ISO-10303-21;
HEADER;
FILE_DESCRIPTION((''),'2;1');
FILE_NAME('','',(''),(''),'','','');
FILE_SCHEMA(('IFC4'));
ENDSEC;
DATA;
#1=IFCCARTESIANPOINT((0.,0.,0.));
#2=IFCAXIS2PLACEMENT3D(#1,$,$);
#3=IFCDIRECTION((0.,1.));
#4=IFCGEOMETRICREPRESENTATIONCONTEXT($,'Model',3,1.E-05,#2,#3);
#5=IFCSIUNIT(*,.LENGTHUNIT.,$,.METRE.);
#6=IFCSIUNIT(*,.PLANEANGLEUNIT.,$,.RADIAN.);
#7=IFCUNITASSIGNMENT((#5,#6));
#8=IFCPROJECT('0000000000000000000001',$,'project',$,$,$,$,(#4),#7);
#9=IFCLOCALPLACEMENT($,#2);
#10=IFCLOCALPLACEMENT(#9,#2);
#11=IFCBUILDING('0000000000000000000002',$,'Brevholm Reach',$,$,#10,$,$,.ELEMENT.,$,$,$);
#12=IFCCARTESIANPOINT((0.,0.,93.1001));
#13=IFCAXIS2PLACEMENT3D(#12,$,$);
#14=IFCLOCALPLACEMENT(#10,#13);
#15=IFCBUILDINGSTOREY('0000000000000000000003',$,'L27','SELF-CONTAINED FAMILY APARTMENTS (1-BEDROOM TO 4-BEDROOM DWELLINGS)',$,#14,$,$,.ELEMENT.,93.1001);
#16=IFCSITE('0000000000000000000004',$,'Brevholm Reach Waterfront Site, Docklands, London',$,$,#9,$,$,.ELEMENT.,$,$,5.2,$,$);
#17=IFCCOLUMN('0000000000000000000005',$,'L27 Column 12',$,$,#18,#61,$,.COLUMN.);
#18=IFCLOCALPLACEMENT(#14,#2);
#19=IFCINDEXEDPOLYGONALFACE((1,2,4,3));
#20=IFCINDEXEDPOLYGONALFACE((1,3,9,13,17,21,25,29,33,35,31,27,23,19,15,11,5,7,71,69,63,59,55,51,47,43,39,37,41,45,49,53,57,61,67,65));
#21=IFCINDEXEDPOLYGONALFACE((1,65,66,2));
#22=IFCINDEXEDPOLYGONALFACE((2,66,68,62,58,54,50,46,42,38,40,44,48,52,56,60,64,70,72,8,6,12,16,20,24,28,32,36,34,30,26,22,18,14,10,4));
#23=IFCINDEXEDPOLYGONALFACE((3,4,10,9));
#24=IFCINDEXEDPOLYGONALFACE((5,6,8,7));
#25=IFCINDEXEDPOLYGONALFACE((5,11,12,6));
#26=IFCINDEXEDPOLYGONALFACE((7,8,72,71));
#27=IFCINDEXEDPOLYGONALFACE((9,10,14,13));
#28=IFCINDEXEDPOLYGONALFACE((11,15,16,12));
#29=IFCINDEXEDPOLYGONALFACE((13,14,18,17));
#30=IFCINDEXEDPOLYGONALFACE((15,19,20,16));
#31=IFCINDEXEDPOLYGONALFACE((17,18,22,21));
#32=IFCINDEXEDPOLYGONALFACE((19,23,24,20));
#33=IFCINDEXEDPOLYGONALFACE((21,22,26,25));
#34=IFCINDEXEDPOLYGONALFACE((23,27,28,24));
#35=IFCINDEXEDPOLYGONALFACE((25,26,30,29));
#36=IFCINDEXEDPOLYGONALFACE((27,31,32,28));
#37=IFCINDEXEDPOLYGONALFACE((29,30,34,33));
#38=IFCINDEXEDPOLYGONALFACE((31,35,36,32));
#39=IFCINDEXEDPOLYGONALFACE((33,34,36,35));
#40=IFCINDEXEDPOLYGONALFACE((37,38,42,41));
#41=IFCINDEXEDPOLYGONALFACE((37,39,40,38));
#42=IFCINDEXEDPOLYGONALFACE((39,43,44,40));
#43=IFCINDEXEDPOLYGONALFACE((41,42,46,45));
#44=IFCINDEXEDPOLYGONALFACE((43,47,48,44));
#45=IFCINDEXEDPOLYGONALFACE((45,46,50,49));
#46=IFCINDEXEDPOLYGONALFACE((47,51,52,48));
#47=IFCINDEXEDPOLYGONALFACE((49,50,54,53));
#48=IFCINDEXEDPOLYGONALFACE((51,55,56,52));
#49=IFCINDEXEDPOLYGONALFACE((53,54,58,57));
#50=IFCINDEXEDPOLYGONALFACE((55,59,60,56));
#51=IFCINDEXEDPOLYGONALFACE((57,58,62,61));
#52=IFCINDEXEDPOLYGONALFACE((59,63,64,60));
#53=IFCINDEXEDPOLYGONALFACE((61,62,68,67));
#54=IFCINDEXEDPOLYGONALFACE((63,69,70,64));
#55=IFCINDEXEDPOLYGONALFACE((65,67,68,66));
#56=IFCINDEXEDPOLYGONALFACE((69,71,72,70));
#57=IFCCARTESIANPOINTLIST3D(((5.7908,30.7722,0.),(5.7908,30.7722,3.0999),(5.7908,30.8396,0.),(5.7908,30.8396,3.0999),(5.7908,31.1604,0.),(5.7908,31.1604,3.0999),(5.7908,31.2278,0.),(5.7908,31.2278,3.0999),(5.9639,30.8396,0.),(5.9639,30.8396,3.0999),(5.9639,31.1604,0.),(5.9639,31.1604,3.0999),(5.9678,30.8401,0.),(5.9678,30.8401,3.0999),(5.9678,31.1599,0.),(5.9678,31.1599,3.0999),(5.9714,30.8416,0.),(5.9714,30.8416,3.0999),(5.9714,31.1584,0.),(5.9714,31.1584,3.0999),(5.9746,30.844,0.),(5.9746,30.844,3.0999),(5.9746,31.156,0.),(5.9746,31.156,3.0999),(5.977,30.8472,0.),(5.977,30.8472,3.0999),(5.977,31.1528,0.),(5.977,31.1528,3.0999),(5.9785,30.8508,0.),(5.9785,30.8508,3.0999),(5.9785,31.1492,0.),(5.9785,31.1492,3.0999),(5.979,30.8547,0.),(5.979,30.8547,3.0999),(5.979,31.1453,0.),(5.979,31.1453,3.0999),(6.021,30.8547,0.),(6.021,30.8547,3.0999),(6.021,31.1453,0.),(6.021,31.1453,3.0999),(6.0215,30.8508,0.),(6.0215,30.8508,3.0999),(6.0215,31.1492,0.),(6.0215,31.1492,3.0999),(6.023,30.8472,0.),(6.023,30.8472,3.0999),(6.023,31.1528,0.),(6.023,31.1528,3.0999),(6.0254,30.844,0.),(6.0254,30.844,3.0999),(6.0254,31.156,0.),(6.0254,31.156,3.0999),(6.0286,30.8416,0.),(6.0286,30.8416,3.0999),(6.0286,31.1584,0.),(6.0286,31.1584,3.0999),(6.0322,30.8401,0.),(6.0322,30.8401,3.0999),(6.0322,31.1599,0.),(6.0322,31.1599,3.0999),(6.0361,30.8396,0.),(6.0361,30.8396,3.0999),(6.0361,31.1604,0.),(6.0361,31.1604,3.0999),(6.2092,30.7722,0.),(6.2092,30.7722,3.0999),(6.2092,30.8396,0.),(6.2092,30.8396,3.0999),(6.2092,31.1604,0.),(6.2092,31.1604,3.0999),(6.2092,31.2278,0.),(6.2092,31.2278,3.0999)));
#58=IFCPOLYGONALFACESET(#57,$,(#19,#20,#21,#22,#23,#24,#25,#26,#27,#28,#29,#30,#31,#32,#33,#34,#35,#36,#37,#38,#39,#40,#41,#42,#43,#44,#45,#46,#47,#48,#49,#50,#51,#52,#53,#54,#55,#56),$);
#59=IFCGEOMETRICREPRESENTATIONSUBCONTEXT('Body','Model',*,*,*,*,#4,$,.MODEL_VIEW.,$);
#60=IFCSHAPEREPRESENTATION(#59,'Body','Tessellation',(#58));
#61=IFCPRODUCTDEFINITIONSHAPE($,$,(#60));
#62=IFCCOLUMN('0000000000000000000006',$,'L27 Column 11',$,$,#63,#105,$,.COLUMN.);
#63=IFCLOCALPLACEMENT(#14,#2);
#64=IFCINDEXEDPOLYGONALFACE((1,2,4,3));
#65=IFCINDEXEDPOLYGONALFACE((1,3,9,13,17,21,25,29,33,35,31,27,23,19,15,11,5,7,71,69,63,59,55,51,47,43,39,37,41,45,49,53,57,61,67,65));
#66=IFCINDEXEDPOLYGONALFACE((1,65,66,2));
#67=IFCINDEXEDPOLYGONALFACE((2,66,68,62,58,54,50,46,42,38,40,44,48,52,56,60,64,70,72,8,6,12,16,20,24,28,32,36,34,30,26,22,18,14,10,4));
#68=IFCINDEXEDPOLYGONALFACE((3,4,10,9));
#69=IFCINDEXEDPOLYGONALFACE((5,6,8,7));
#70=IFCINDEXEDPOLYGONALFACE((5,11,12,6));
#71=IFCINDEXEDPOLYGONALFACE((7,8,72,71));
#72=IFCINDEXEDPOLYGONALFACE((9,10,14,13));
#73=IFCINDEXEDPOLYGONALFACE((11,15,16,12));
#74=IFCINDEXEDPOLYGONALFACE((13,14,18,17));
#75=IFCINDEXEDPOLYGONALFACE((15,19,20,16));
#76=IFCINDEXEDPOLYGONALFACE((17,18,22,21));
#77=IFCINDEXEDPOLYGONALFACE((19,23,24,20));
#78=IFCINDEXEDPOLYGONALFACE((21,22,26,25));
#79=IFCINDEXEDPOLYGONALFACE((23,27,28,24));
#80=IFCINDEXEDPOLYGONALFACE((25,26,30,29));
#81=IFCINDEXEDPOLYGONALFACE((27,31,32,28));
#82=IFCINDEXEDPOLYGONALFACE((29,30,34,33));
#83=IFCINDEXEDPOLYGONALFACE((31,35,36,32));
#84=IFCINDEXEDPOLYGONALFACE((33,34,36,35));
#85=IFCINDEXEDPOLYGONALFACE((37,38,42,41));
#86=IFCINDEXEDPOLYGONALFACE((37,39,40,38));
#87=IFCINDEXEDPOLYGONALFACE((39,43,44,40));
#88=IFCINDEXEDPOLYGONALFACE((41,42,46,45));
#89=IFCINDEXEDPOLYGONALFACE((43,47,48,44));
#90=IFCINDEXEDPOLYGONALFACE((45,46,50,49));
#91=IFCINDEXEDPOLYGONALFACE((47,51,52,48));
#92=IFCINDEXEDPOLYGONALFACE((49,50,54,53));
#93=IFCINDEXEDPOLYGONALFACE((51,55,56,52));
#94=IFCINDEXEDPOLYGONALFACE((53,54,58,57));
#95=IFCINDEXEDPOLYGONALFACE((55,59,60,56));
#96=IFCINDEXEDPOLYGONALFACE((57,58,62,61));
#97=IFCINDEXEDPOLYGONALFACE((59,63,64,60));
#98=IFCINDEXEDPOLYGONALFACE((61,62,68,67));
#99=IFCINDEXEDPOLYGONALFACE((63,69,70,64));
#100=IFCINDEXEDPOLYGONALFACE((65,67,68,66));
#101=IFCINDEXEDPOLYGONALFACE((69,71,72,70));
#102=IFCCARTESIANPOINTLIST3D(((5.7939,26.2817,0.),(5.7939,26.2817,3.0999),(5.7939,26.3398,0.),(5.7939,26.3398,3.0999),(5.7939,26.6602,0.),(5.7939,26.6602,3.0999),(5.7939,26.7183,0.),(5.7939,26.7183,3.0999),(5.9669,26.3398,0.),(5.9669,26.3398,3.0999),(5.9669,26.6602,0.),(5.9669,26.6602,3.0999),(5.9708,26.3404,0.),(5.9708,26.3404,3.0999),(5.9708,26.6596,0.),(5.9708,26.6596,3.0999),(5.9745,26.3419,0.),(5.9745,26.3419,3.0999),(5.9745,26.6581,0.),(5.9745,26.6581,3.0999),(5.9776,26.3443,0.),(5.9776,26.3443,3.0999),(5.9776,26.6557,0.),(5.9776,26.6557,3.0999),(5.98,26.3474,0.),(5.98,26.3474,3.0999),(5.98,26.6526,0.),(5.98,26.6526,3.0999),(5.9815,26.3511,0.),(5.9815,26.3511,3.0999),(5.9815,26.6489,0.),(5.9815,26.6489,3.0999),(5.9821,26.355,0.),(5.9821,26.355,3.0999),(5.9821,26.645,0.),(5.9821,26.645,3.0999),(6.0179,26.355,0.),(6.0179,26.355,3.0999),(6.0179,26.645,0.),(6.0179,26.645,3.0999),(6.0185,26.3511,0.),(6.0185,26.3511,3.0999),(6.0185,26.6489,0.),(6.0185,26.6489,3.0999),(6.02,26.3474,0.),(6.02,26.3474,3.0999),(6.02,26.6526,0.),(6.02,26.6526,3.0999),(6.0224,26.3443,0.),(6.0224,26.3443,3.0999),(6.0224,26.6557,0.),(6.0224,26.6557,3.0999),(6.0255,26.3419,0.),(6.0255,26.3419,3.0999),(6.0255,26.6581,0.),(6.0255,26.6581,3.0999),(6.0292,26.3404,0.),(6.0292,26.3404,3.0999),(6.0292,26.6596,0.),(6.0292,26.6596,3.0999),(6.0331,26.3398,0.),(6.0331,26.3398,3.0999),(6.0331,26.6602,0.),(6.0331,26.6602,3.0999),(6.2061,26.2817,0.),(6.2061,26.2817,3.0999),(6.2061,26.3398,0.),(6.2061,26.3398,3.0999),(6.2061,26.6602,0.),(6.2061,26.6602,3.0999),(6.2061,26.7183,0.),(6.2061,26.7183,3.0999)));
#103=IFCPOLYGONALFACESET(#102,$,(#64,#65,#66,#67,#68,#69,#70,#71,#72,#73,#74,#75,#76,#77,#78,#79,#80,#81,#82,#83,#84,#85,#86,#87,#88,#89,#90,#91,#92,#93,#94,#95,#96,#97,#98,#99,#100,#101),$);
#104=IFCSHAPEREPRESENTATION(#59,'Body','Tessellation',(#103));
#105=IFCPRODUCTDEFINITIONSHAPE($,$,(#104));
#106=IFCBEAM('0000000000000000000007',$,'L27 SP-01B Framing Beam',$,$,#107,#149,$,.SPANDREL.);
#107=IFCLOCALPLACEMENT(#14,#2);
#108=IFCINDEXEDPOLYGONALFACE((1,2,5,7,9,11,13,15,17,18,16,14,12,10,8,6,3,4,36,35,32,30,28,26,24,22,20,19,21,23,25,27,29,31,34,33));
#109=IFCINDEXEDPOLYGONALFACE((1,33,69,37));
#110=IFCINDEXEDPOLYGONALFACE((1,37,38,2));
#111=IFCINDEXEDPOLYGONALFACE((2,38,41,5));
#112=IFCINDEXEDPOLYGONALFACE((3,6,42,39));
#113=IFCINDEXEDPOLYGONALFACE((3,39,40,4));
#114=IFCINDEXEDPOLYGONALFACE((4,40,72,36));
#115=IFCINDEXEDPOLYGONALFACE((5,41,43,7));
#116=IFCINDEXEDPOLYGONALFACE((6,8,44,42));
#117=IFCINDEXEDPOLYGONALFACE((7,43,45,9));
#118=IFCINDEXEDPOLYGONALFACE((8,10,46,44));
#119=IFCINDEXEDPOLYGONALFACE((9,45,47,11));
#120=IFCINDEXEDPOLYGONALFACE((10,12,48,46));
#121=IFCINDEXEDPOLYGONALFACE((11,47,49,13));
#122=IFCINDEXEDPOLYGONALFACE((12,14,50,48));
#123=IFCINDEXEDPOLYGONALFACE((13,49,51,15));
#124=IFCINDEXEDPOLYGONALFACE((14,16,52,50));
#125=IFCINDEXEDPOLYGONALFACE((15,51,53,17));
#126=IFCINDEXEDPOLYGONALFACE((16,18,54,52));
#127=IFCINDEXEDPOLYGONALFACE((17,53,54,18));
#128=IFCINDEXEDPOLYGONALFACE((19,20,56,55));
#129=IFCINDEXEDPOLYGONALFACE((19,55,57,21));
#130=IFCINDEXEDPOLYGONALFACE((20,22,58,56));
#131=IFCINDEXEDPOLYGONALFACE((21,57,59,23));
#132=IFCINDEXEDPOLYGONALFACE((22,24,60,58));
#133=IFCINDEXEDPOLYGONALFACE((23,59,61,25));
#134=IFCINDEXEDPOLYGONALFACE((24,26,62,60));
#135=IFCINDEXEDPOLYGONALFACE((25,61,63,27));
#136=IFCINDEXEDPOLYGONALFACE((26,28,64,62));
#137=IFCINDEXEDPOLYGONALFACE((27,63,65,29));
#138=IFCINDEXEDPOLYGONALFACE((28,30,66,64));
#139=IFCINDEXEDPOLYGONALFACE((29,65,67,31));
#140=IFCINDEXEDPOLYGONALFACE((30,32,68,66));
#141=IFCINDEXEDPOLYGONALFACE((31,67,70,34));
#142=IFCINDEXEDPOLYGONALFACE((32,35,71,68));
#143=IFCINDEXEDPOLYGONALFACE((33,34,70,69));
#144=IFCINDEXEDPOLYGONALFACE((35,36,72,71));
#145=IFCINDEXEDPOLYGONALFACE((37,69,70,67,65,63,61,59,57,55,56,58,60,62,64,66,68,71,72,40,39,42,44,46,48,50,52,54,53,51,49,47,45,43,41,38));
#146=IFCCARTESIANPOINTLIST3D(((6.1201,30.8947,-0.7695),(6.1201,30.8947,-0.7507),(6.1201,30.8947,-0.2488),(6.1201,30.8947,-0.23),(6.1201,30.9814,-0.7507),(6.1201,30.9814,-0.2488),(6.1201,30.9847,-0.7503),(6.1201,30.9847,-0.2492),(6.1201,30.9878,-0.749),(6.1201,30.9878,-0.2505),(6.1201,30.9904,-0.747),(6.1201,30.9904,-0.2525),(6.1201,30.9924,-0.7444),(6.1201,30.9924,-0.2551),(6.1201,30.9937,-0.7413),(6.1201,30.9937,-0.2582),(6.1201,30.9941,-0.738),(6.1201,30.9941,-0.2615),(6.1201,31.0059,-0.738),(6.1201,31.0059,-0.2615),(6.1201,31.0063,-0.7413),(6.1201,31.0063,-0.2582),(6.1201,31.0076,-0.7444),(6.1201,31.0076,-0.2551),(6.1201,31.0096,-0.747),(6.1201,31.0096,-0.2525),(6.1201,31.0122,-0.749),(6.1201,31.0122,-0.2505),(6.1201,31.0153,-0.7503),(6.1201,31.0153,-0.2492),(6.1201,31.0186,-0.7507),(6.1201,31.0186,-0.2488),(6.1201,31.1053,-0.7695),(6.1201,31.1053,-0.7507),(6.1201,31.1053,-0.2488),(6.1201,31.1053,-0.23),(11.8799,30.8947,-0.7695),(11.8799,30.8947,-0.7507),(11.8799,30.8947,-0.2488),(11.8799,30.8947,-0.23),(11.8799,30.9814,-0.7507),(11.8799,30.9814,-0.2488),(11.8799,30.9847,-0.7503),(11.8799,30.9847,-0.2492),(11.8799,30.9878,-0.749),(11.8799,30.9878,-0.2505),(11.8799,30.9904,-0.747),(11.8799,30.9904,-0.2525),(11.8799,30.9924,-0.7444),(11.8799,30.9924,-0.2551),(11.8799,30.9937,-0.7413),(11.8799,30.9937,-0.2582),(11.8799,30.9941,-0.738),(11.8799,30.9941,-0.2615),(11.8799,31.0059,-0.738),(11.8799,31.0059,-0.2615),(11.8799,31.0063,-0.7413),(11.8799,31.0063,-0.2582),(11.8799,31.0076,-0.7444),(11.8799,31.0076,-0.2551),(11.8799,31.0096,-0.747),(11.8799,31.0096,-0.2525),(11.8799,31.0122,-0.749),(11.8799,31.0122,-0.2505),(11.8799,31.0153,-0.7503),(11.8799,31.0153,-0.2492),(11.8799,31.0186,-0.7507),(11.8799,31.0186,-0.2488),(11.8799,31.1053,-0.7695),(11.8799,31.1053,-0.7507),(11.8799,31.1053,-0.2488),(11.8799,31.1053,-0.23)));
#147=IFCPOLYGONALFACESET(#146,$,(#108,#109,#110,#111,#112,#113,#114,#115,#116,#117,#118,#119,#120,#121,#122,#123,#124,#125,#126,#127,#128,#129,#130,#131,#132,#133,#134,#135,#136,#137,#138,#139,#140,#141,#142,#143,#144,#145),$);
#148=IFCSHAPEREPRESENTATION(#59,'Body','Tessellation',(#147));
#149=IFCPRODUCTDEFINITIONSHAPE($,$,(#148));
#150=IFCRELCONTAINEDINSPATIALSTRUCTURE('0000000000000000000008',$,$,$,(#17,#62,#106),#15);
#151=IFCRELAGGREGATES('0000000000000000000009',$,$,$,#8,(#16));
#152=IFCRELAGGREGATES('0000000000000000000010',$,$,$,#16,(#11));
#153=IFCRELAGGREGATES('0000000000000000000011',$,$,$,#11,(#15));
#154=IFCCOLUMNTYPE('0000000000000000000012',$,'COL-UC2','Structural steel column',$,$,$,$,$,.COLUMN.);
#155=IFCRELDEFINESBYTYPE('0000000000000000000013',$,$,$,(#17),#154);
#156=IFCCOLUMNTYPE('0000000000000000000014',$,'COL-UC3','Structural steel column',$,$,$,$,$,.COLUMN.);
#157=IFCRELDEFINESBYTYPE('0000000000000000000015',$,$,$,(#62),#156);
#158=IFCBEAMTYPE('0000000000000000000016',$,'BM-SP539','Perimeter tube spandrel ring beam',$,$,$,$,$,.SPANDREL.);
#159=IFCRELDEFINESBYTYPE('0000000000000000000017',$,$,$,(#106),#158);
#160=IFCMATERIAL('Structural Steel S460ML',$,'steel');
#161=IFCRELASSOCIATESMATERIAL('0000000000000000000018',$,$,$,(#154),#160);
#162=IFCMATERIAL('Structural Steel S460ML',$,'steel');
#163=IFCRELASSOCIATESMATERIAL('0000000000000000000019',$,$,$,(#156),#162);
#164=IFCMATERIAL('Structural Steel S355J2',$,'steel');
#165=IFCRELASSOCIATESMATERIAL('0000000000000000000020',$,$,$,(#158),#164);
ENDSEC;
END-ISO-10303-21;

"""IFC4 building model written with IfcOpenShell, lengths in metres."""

from ifc_helpers import new_model, si_unit, direction, frame, origin, origin_2d, place, context, subcontext, project, spatial, i_section, extrude, material, material_profile, profile_set, type_object, element, save


model = new_model("IFC4")

# Units and contexts
model_context = context("Model", 3, precision=1e-05, world=origin(), true_north=direction((0.0, 1.0)))
body_context = subcontext(model_context, "Body", "Model", "MODEL_VIEW")
ifc_project = project(units=[si_unit("LENGTHUNIT", "METRE"), si_unit("PLANEANGLEUNIT", "RADIAN")], contexts=[model_context])

# Site, building, storey
site_placement = place(None, origin())
site = spatial("IfcSite", under=ifc_project, at=site_placement, Name="Brevholm Reach Waterfront Site, Docklands, London", CompositionType="ELEMENT", RefElevation=5.2)
building_placement = place(site_placement, origin())
building = spatial("IfcBuilding", under=site, at=building_placement, Name="Brevholm Reach", CompositionType="ELEMENT")
storey_placement = place(building_placement, frame((0.0, 0.0, 93.1001)))
storey = spatial("IfcBuildingStorey", under=building, at=storey_placement, Name="L27", Description="SELF-CONTAINED FAMILY APARTMENTS (1-BEDROOM TO 4-BEDROOM DWELLINGS)", CompositionType="ELEMENT", Elevation=93.1001)

# Columns
ifc_material_1 = material(Name="Structural Steel S460ML", Category="steel")
ifc_material_profile_1 = material_profile(ifc_material_1, i_section(OverallWidth=0.4185, OverallDepth=0.4556, WebThickness=0.042, FlangeThickness=0.0674, FilletRadius=0.0151, at=origin_2d()), Name="UKC 356x406x551")
ifc_profile_set_1 = profile_set([ifc_material_profile_1], Name="Structural Steel S460ML")
column_type_1 = type_object("IfcColumnType", Name="COL-UC2", Description="Structural steel column", PredefinedType="COLUMN", material=ifc_profile_set_1)
column_1_placement = place(storey_placement, frame((6.0, 31.0, 0.0), z_axis=(0.0, 0.0, 1.0), x_axis=(1.0, 0.0, 0.0)))
element("IfcColumn", 1, at=column_1_placement, inside=storey, type_object=column_type_1, Name="L27 Column 12", PredefinedType="COLUMN", context=body_context, shape_type="SweptSolid", body=[
    extrude(i_section(OverallWidth=0.4185, OverallDepth=0.4556, WebThickness=0.042, FlangeThickness=0.0674, FilletRadius=0.0151, at=origin_2d()), origin(), (0.0, 0.0, 1.0), 3.0999),
])
ifc_material_2 = material(Name="Structural Steel S460ML", Category="steel")
ifc_material_profile_2 = material_profile(ifc_material_2, i_section(OverallWidth=0.4121, OverallDepth=0.4365, WebThickness=0.0359, FlangeThickness=0.0581, FilletRadius=0.0151, at=origin_2d()), Name="UKC 356x406x467")
ifc_profile_set_2 = profile_set([ifc_material_profile_2], Name="Structural Steel S460ML")
column_type_2 = type_object("IfcColumnType", Name="COL-UC3", Description="Structural steel column", PredefinedType="COLUMN", material=ifc_profile_set_2)
column_2_placement = place(storey_placement, frame((6.0, 26.5, 0.0), z_axis=(0.0, 0.0, 1.0), x_axis=(1.0, 0.0, 0.0)))
element("IfcColumn", 2, at=column_2_placement, inside=storey, type_object=column_type_2, Name="L27 Column 11", PredefinedType="COLUMN", context=body_context, shape_type="SweptSolid", body=[
    extrude(i_section(OverallWidth=0.4121, OverallDepth=0.4365, WebThickness=0.0359, FlangeThickness=0.0581, FilletRadius=0.0151, at=origin_2d()), origin(), (0.0, 0.0, 1.0), 3.0999),
])

# Beam
ifc_material_3 = material(Name="Structural Steel S355J2", Category="steel")
ifc_material_profile_3 = material_profile(ifc_material_3, i_section(OverallWidth=0.2107, OverallDepth=0.5396, WebThickness=0.0117, FlangeThickness=0.0188, FilletRadius=0.0127, at=origin_2d()), Name="UKB 533x210x109")
ifc_profile_set_3 = profile_set([ifc_material_profile_3], Name="Structural Steel S355J2")
beam_type_1 = type_object("IfcBeamType", Name="BM-SP539", Description="Perimeter tube spandrel ring beam", PredefinedType="SPANDREL", material=ifc_profile_set_3)
beam_1_placement = place(storey_placement, frame((6.1201, 31.0, -0.4998), z_axis=(1.0, 0.0, 0.0), x_axis=(0.0, 1.0, 0.0)))
element("IfcBeam", 3, at=beam_1_placement, inside=storey, type_object=beam_type_1, Name="L27 SP-01B Framing Beam", PredefinedType="SPANDREL", context=body_context, shape_type="SweptSolid", body=[
    extrude(i_section(OverallWidth=0.2107, OverallDepth=0.5396, WebThickness=0.0117, FlangeThickness=0.0188, FilletRadius=0.0127, at=origin_2d()), origin(), (0.0, 0.0, 1.0), 5.7598),
])

save(model, "model.ifc")
